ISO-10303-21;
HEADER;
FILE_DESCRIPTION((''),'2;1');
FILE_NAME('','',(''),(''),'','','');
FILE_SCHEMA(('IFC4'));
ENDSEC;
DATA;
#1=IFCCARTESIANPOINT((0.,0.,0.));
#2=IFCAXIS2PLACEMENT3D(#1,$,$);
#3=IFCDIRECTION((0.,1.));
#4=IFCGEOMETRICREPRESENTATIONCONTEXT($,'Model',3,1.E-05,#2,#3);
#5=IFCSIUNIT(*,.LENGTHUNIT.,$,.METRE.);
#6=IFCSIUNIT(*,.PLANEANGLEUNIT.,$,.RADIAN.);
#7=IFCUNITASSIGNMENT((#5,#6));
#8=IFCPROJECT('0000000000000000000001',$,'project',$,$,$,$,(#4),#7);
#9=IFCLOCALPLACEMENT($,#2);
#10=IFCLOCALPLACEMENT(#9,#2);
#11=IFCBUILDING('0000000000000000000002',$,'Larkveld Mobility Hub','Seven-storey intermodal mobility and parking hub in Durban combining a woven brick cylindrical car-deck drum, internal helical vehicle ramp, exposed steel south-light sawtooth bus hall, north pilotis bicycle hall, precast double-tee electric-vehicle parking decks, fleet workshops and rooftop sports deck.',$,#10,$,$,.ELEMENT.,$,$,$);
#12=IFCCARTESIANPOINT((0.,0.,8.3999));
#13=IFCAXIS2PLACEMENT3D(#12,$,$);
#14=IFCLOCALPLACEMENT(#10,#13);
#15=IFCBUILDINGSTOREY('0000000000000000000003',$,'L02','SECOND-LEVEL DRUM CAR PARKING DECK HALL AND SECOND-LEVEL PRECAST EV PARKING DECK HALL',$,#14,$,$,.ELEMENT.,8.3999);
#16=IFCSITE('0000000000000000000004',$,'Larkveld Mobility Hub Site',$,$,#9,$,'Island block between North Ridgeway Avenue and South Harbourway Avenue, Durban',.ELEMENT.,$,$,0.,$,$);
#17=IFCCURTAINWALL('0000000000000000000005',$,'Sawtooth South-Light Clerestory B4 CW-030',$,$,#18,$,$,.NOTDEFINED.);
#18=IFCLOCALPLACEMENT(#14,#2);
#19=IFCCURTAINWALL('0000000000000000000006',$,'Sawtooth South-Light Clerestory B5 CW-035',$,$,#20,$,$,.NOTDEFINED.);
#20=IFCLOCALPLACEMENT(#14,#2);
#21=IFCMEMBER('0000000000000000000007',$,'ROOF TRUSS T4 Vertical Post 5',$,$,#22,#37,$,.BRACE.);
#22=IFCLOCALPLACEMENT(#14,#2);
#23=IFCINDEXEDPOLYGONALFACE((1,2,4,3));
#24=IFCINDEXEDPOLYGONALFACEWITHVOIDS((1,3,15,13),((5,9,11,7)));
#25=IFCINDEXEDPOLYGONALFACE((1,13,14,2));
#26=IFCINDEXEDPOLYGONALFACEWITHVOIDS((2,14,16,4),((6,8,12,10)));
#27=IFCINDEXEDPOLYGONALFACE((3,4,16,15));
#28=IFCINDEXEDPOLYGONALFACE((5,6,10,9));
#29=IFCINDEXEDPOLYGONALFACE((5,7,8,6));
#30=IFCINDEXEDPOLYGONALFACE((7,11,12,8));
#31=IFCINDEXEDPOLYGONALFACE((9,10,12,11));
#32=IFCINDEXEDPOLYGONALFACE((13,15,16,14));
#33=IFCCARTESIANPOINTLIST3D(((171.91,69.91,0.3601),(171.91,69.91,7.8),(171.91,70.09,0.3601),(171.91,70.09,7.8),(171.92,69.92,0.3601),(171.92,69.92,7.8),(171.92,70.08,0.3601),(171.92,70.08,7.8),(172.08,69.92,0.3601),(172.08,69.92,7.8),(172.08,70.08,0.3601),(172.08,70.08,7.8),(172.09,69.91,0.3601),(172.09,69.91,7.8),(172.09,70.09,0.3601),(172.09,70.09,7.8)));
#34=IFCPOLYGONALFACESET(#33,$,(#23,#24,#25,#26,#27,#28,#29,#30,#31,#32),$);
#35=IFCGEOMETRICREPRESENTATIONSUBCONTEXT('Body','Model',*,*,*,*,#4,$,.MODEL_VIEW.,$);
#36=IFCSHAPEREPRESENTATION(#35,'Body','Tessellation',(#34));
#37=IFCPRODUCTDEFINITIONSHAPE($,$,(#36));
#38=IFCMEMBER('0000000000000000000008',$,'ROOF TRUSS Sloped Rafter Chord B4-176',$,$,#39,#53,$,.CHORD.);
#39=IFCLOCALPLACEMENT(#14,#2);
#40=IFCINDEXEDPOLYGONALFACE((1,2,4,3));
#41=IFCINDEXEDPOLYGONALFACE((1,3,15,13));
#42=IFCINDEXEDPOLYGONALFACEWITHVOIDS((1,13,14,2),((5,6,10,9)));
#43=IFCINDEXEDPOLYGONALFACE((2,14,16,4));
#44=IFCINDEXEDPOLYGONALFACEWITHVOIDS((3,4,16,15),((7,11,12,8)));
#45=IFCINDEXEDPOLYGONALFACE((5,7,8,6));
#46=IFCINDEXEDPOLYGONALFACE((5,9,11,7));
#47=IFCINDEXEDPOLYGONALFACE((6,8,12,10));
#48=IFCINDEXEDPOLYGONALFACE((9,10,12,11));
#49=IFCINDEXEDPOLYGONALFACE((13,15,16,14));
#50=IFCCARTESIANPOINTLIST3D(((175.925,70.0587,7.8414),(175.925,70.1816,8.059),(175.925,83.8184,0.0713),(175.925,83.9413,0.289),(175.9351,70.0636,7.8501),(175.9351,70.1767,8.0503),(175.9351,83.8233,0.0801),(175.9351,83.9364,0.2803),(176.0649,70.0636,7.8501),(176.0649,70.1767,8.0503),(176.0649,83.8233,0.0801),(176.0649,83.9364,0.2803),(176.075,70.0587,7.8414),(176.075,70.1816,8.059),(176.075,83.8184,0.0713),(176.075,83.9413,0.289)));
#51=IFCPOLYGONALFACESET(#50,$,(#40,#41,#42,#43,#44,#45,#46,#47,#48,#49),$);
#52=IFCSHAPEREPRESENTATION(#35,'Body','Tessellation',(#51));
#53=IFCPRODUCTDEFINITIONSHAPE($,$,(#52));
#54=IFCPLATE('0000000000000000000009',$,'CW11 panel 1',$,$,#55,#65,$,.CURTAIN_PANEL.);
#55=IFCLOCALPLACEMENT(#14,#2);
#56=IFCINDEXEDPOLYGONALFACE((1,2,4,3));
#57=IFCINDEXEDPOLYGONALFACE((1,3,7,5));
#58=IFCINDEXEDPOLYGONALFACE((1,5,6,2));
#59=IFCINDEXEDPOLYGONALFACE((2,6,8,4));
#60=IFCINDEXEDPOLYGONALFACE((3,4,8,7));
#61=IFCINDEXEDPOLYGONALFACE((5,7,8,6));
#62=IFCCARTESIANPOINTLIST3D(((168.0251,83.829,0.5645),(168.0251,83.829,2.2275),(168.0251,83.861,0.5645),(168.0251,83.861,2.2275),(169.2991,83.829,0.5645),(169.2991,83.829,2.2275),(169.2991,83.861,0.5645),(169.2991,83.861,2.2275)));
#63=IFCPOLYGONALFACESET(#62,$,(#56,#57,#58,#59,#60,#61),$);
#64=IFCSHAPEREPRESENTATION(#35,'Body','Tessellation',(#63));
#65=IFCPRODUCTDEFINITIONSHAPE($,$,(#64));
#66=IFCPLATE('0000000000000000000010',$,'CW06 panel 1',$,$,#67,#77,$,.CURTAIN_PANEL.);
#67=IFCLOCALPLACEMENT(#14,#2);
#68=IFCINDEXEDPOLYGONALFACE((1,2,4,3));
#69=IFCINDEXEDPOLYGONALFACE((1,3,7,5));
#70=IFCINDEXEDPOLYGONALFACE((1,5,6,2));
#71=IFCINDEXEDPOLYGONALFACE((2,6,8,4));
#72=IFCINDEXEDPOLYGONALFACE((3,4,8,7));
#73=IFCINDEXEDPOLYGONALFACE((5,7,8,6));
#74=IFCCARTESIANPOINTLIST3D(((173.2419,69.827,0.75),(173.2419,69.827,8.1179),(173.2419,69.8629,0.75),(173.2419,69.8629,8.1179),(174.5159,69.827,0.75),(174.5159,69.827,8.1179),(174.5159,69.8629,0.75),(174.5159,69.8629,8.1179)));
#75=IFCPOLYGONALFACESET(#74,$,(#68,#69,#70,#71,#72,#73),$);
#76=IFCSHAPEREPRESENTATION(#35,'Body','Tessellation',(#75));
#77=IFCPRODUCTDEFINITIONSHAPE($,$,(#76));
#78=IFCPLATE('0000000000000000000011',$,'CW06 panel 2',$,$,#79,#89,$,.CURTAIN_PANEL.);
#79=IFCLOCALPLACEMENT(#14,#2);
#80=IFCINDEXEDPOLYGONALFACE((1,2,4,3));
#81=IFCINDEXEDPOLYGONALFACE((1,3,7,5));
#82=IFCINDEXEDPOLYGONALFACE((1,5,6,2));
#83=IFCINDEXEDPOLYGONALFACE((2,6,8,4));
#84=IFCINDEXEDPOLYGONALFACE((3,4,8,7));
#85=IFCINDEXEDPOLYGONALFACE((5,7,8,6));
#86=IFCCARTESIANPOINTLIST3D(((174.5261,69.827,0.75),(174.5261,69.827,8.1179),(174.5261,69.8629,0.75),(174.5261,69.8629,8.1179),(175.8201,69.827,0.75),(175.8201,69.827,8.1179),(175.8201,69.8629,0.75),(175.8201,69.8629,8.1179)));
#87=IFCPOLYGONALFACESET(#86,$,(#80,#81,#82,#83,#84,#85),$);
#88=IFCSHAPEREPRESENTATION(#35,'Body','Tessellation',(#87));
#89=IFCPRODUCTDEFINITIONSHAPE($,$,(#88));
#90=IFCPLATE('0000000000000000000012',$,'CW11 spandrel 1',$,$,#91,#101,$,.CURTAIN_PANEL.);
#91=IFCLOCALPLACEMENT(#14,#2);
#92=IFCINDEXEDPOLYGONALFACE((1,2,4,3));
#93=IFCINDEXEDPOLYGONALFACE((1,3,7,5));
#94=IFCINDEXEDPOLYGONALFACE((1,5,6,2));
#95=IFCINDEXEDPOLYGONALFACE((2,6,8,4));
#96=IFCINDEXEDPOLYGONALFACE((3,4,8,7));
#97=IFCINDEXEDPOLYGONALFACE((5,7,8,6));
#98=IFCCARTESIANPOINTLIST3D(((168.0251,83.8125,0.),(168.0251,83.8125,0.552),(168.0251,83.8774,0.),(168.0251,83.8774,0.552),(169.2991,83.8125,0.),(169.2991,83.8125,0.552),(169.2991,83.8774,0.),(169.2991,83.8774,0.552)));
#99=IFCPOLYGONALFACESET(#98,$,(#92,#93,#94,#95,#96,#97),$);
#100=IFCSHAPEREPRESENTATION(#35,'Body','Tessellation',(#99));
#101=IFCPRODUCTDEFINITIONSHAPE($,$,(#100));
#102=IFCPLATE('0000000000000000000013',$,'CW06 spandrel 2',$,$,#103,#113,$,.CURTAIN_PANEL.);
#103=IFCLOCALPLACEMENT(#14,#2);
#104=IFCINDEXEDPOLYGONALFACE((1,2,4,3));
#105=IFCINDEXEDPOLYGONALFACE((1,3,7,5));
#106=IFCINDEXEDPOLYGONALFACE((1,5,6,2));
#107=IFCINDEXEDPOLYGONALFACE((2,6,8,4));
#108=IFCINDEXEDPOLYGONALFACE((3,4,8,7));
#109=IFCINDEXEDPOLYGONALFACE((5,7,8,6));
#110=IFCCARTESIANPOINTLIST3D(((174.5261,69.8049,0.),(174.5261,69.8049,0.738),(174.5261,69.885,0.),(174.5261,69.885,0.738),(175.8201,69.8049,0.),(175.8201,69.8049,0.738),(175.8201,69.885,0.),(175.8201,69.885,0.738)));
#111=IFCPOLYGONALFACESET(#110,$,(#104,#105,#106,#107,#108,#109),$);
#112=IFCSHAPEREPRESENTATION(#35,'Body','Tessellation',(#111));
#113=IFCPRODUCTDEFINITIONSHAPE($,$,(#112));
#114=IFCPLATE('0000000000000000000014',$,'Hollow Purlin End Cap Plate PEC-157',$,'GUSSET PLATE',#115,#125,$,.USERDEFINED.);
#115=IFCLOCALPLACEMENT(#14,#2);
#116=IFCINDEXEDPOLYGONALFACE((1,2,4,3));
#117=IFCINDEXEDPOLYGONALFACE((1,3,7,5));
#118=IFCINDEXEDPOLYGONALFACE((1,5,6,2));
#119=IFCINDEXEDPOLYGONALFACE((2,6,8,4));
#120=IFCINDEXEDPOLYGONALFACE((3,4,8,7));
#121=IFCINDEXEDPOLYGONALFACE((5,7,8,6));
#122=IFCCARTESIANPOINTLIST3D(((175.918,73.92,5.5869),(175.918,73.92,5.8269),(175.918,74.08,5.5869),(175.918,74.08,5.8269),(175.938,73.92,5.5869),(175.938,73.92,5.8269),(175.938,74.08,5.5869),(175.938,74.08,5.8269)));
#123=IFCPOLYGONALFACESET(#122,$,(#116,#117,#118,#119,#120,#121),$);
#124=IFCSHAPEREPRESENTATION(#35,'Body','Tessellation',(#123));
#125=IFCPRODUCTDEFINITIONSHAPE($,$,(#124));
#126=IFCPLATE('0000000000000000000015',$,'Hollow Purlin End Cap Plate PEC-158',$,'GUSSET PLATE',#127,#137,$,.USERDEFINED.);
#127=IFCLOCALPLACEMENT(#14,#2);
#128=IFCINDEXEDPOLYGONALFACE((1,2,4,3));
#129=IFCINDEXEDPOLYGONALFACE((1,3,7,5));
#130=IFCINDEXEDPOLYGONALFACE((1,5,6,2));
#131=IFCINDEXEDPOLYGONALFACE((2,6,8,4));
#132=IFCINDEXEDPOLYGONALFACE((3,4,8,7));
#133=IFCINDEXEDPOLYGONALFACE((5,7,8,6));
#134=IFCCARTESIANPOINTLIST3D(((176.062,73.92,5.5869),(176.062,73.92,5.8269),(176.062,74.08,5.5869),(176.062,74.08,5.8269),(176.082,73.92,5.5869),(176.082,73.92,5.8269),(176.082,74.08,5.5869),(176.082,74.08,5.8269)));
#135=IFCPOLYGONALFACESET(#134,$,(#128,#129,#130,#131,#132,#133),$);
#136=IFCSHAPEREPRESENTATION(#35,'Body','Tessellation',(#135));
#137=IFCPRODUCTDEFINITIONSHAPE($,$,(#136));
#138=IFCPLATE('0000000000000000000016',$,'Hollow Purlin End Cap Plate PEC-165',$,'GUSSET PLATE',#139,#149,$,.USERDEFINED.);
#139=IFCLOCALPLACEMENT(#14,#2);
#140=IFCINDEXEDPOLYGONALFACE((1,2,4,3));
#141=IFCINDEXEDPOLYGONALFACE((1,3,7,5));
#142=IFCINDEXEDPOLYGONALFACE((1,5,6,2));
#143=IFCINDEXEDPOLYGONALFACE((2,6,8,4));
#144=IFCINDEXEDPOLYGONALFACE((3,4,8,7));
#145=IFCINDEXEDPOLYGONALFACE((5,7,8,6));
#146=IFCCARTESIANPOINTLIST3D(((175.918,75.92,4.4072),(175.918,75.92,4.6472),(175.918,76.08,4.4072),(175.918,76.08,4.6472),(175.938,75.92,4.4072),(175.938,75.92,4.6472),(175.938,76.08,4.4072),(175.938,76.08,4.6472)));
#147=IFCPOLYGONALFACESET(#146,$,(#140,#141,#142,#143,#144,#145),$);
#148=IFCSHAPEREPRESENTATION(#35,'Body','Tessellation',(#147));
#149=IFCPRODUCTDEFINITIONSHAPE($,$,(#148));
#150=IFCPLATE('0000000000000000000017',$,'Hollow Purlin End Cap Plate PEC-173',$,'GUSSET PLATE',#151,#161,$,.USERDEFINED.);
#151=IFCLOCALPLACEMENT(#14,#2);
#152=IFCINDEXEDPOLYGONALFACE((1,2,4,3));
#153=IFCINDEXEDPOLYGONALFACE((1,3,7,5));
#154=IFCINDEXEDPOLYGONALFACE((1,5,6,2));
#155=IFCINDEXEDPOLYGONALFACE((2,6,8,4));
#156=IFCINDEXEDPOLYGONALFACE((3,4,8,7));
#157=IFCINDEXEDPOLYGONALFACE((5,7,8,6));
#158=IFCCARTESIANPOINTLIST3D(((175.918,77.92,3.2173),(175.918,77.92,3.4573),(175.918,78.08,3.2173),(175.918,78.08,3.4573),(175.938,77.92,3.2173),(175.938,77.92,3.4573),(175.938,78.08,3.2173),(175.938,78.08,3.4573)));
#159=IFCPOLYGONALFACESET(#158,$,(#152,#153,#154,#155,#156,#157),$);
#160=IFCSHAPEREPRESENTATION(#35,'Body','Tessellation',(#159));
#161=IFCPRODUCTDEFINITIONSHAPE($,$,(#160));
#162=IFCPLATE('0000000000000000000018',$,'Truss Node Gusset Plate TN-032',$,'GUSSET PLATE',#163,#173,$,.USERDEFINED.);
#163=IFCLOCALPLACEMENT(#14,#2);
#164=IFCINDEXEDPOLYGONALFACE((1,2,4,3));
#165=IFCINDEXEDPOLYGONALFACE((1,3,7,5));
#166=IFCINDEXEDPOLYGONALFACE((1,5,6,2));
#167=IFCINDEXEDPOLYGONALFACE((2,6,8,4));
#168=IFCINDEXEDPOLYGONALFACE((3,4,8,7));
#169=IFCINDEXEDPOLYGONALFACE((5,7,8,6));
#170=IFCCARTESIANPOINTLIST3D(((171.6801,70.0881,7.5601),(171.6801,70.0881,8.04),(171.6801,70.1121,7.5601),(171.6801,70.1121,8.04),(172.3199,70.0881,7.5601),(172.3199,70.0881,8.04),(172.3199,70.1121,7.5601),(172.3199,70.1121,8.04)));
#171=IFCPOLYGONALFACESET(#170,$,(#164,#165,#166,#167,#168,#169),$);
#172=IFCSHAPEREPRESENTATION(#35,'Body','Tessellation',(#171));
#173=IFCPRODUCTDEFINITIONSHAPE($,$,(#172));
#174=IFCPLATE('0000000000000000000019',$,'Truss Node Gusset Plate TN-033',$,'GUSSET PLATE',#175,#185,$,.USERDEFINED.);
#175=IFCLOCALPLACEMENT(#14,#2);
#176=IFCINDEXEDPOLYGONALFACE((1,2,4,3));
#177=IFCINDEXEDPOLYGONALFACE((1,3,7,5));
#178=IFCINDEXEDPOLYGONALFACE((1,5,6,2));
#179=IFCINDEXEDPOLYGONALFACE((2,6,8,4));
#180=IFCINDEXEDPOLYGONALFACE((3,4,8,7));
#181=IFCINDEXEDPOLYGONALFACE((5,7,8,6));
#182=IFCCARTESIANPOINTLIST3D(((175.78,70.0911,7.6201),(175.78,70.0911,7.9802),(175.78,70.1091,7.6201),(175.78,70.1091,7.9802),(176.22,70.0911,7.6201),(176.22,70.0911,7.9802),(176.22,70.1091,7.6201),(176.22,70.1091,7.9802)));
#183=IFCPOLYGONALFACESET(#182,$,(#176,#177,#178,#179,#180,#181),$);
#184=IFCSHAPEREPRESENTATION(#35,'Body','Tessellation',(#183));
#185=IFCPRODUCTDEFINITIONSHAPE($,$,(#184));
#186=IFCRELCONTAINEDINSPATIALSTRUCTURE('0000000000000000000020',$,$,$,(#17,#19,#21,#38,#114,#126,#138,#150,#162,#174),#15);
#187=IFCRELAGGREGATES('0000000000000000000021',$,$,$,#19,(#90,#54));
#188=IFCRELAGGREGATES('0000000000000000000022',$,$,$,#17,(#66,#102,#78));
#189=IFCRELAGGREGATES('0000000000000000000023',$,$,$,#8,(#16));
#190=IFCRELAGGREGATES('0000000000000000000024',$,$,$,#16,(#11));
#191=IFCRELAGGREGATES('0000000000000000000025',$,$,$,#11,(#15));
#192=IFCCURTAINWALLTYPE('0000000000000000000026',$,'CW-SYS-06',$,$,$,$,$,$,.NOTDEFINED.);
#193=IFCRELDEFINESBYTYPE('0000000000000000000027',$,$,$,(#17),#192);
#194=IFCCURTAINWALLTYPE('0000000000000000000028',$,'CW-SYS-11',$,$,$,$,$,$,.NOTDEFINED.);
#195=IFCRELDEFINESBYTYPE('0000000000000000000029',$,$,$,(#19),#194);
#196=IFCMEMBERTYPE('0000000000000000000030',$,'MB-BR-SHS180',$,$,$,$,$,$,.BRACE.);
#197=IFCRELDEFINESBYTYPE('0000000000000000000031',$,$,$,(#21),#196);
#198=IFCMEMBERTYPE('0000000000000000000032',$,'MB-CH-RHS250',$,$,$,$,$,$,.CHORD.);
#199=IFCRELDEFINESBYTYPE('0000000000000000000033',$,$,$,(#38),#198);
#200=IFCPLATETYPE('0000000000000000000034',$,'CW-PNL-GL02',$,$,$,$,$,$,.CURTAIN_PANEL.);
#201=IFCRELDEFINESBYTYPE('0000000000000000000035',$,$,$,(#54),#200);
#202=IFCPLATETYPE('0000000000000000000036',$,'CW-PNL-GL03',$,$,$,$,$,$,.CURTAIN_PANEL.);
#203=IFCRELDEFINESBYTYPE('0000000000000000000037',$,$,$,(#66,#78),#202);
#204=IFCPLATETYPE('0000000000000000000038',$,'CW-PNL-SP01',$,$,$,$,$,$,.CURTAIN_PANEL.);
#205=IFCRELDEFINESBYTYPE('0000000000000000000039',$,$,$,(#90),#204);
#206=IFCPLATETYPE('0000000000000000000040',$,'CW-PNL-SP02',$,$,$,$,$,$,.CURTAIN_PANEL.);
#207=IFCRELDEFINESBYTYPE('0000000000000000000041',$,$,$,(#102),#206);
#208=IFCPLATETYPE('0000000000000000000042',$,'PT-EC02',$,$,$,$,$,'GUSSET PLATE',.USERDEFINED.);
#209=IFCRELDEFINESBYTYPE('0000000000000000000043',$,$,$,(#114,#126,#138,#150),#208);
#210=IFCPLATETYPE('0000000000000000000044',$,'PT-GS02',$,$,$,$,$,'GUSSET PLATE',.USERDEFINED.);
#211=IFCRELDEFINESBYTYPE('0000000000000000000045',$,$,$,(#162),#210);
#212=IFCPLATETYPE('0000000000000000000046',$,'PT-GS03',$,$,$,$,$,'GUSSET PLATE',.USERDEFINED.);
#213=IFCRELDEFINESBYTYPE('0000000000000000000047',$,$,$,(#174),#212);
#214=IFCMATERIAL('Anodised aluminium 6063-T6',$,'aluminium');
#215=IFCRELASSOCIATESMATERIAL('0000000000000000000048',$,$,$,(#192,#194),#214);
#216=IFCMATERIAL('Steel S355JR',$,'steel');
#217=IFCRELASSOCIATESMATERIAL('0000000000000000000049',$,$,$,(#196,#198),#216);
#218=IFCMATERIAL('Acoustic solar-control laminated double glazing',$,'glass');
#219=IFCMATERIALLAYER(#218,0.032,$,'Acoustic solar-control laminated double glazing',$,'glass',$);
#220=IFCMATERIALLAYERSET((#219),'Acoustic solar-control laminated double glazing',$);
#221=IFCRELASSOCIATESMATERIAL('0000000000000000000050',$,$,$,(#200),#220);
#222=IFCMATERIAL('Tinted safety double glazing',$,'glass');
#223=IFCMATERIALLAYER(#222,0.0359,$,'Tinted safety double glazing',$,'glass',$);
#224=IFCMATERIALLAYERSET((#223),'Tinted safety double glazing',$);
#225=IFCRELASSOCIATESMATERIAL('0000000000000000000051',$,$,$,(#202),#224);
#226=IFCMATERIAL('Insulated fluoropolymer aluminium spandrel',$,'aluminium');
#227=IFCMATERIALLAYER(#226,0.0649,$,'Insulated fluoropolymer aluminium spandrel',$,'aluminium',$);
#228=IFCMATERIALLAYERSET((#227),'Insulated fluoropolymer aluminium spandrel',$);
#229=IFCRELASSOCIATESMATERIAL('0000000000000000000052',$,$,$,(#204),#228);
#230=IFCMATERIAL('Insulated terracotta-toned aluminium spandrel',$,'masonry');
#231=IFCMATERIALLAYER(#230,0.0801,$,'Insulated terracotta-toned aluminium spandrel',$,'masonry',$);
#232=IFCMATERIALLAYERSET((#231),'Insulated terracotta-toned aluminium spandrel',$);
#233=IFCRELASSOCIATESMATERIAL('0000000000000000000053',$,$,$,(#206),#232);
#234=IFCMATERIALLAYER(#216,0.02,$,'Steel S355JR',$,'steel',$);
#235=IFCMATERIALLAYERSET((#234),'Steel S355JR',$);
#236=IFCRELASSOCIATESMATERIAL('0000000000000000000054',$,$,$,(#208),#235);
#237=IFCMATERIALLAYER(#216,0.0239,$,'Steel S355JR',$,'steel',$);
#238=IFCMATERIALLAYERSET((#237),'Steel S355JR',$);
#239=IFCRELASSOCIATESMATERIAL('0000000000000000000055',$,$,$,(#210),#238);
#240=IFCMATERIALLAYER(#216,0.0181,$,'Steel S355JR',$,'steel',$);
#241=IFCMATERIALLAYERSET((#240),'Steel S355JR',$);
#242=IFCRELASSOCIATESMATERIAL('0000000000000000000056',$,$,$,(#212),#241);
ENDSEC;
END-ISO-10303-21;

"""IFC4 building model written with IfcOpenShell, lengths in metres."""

from ifc_helpers import new_model, si_unit, direction, frame, origin, origin_2d, place, context, subcontext, project, spatial, rectangle, hollow_rectangle, extrude, material, layer, layer_set, material_profile, profile_set, type_object, element, aggregate, save


model = new_model("IFC4")

# Units and contexts
model_context = context("Model", 3, precision=1e-05, world=origin(), true_north=direction((0.0, 1.0)))
body_context = subcontext(model_context, "Body", "Model", "MODEL_VIEW")
ifc_project = project(units=[si_unit("LENGTHUNIT", "METRE"), si_unit("PLANEANGLEUNIT", "RADIAN")], contexts=[model_context])

# Site, building, storey
site_placement = place(None, origin())
site = spatial("IfcSite", under=ifc_project, at=site_placement, Name="Larkveld Mobility Hub Site", LongName="Island block between North Ridgeway Avenue and South Harbourway Avenue, Durban", CompositionType="ELEMENT", RefElevation=0.0)
building_placement = place(site_placement, origin())
building = spatial("IfcBuilding", under=site, at=building_placement, Name="Larkveld Mobility Hub", Description="Seven-storey intermodal mobility and parking hub in Durban combining a woven brick cylindrical car-deck drum, internal helical vehicle ramp, exposed steel south-light sawtooth bus hall, north pilotis bicycle hall, precast double-tee electric-vehicle parking decks, fleet workshops and rooftop sports deck.", CompositionType="ELEMENT")
storey_placement = place(building_placement, frame((0.0, 0.0, 8.3999)))
storey = spatial("IfcBuildingStorey", under=building, at=storey_placement, Name="L02", Description="SECOND-LEVEL DRUM CAR PARKING DECK HALL AND SECOND-LEVEL PRECAST EV PARKING DECK HALL", CompositionType="ELEMENT", Elevation=8.3999)

# Curtain wall
ifc_material_1 = material(Name="Anodised aluminium 6063-T6", Category="aluminium")
curtain_wall_type_1 = type_object("IfcCurtainWallType", Name="CW-SYS-06", PredefinedType="NOTDEFINED", material=ifc_material_1)
curtain_wall_1_placement = place(storey_placement, origin())
curtain_wall_1 = element("IfcCurtainWall", 1, at=curtain_wall_1_placement, inside=storey, type_object=curtain_wall_type_1, Name="Sawtooth South-Light Clerestory B4 CW-030", PredefinedType="NOTDEFINED")

# Curtain wall
curtain_wall_type_2 = type_object("IfcCurtainWallType", Name="CW-SYS-11", PredefinedType="NOTDEFINED", material=ifc_material_1)
curtain_wall_2_placement = place(storey_placement, origin())
curtain_wall_2 = element("IfcCurtainWall", 2, at=curtain_wall_2_placement, inside=storey, type_object=curtain_wall_type_2, Name="Sawtooth South-Light Clerestory B5 CW-035", PredefinedType="NOTDEFINED")

# Members
ifc_material_2 = material(Name="Steel S355JR", Category="steel")
ifc_material_profile_1 = material_profile(ifc_material_2, hollow_rectangle(XDim=0.1799, YDim=0.1799, WallThickness=0.01, at=origin_2d()), Name="SHS 180x180x10")
ifc_profile_set_1 = profile_set([ifc_material_profile_1], Name="Steel S355JR")
member_type_1 = type_object("IfcMemberType", Name="MB-BR-SHS180", PredefinedType="BRACE", material=ifc_profile_set_1)
member_1_placement = place(storey_placement, frame((172.0, 70.0, 0.3601), z_axis=(0.0, 0.0, 1.0), x_axis=(1.0, 0.0, 0.0)))
element("IfcMember", 3, at=member_1_placement, inside=storey, type_object=member_type_1, Name="ROOF TRUSS T4 Vertical Post 5", PredefinedType="BRACE", context=body_context, shape_type="SweptSolid", body=[
    extrude(hollow_rectangle(XDim=0.1799, YDim=0.1799, WallThickness=0.01, at=origin_2d()), origin(), (0.0, 0.0, 1.0), 7.4399),
])
ifc_material_profile_2 = material_profile(ifc_material_2, hollow_rectangle(XDim=0.1499, YDim=0.25, WallThickness=0.01, at=origin_2d()), Name="RHS 250x150x10")
ifc_profile_set_2 = profile_set([ifc_material_profile_2], Name="Steel S355JR")
member_type_2 = type_object("IfcMemberType", Name="MB-CH-RHS250", PredefinedType="CHORD", material=ifc_profile_set_2)
member_2_placement = place(storey_placement, frame((176.0, 70.1201, 7.9502), z_axis=(0.0, 0.870759, -0.49171), x_axis=(-1.0, 0.0, 0.0)))
element("IfcMember", 4, at=member_2_placement, inside=storey, type_object=member_type_2, Name="ROOF TRUSS Sloped Rafter Chord B4-176", PredefinedType="CHORD", context=body_context, shape_type="SweptSolid", body=[
    extrude(hollow_rectangle(XDim=0.1499, YDim=0.25, WallThickness=0.01, at=origin_2d()), origin(), (0.0, 0.0, 1.0), 15.802),
])

# Plates
ifc_material_3 = material(Name="Acoustic solar-control laminated double glazing", Category="glass")
ifc_layer_1 = layer(ifc_material_3, 0.032, Name="Acoustic solar-control laminated double glazing", Category="glass")
ifc_layer_set_1 = layer_set([ifc_layer_1], Name="Acoustic solar-control laminated double glazing")
plate_type_1 = type_object("IfcPlateType", Name="CW-PNL-GL02", PredefinedType="CURTAIN_PANEL", material=ifc_layer_set_1)
plate_1_placement = place(storey_placement, frame((168.6621, 83.845, 0.5645), z_axis=(0.0, 0.0, 1.0), x_axis=(1.0, 0.0, 0.0)))
plate_1 = element("IfcPlate", 5, at=plate_1_placement, type_object=plate_type_1, Name="CW11 panel 1", PredefinedType="CURTAIN_PANEL", context=body_context, shape_type="SweptSolid", body=[
    extrude(rectangle(XDim=1.2739, YDim=0.032, at=origin_2d()), origin(), (0.0, 0.0, 1.0), 1.6631),
])
ifc_material_4 = material(Name="Tinted safety double glazing", Category="glass")
ifc_layer_2 = layer(ifc_material_4, 0.0359, Name="Tinted safety double glazing", Category="glass")
ifc_layer_set_2 = layer_set([ifc_layer_2], Name="Tinted safety double glazing")
plate_type_2 = type_object("IfcPlateType", Name="CW-PNL-GL03", PredefinedType="CURTAIN_PANEL", material=ifc_layer_set_2)
plate_2_placement = place(storey_placement, frame((173.8789, 69.845, 0.75), z_axis=(0.0, 0.0, 1.0), x_axis=(1.0, 0.0, 0.0)))
plate_2 = element("IfcPlate", 6, at=plate_2_placement, type_object=plate_type_2, Name="CW06 panel 1", PredefinedType="CURTAIN_PANEL", context=body_context, shape_type="SweptSolid", body=[
    extrude(rectangle(XDim=1.2739, YDim=0.0359, at=origin_2d()), origin(), (0.0, 0.0, 1.0), 7.3679),
])
plate_3_placement = place(storey_placement, frame((175.1731, 69.845, 0.75), z_axis=(0.0, 0.0, 1.0), x_axis=(1.0, 0.0, 0.0)))
plate_3 = element("IfcPlate", 7, at=plate_3_placement, type_object=plate_type_2, Name="CW06 panel 2", PredefinedType="CURTAIN_PANEL", context=body_context, shape_type="SweptSolid", body=[
    extrude(rectangle(XDim=1.2939, YDim=0.0359, at=origin_2d()), origin(), (0.0, 0.0, 1.0), 7.3679),
])
ifc_material_5 = material(Name="Insulated fluoropolymer aluminium spandrel", Category="aluminium")
ifc_layer_3 = layer(ifc_material_5, 0.0649, Name="Insulated fluoropolymer aluminium spandrel", Category="aluminium")
ifc_layer_set_3 = layer_set([ifc_layer_3], Name="Insulated fluoropolymer aluminium spandrel")
plate_type_3 = type_object("IfcPlateType", Name="CW-PNL-SP01", PredefinedType="CURTAIN_PANEL", material=ifc_layer_set_3)
plate_4_placement = place(storey_placement, frame((168.6621, 83.845, 0.0), z_axis=(0.0, 0.0, 1.0), x_axis=(1.0, 0.0, 0.0)))
plate_4 = element("IfcPlate", 8, at=plate_4_placement, type_object=plate_type_3, Name="CW11 spandrel 1", PredefinedType="CURTAIN_PANEL", context=body_context, shape_type="SweptSolid", body=[
    extrude(rectangle(XDim=1.2739, YDim=0.0649, at=origin_2d()), origin(), (0.0, 0.0, 1.0), 0.552),
])
aggregate(curtain_wall_2, [plate_4, plate_1])
ifc_material_6 = material(Name="Insulated terracotta-toned aluminium spandrel", Category="masonry")
ifc_layer_4 = layer(ifc_material_6, 0.0801, Name="Insulated terracotta-toned aluminium spandrel", Category="masonry")
ifc_layer_set_4 = layer_set([ifc_layer_4], Name="Insulated terracotta-toned aluminium spandrel")
plate_type_4 = type_object("IfcPlateType", Name="CW-PNL-SP02", PredefinedType="CURTAIN_PANEL", material=ifc_layer_set_4)
plate_5_placement = place(storey_placement, frame((175.1731, 69.845, 0.0), z_axis=(0.0, 0.0, 1.0), x_axis=(1.0, 0.0, 0.0)))
plate_5 = element("IfcPlate", 9, at=plate_5_placement, type_object=plate_type_4, Name="CW06 spandrel 2", PredefinedType="CURTAIN_PANEL", context=body_context, shape_type="SweptSolid", body=[
    extrude(rectangle(XDim=1.2939, YDim=0.0801, at=origin_2d()), origin(), (0.0, 0.0, 1.0), 0.738),
])
aggregate(curtain_wall_1, [plate_2, plate_5, plate_3])

# Plates
ifc_layer_5 = layer(ifc_material_2, 0.02, Name="Steel S355JR", Category="steel")
ifc_layer_set_5 = layer_set([ifc_layer_5], Name="Steel S355JR")
plate_type_5 = type_object("IfcPlateType", Name="PT-EC02", ElementType="GUSSET PLATE", PredefinedType="USERDEFINED", material=ifc_layer_set_5)
for number, where, z_axis, x_axis, name in (
    (10, (175.928, 74.0, 5.5869), (0.0, 0.0, 1.0), (1.0, 0.0, 0.0), "Hollow Purlin End Cap Plate PEC-157"),
    (11, (176.072, 74.0, 5.5869), (0.0, 0.0, 1.0), (1.0, 0.0, 0.0), "Hollow Purlin End Cap Plate PEC-158"),
    (12, (175.928, 76.0, 4.4072), (0.0, 0.0, 1.0), (1.0, 0.0, 0.0), "Hollow Purlin End Cap Plate PEC-165"),
    (13, (175.928, 78.0, 3.2173), (0.0, 0.0, 1.0), (1.0, 0.0, 0.0), "Hollow Purlin End Cap Plate PEC-173"),
):
    element("IfcPlate", number, at=place(storey_placement, frame(where, z_axis=z_axis, x_axis=x_axis)), inside=storey, type_object=plate_type_5, Name=name, ObjectType="GUSSET PLATE", PredefinedType="USERDEFINED", context=body_context, shape_type="SweptSolid", body=[
        extrude(rectangle(XDim=0.02, YDim=0.1599, at=origin_2d()), origin(), (0.0, 0.0, 1.0), 0.24),
    ])
ifc_layer_6 = layer(ifc_material_2, 0.0239, Name="Steel S355JR", Category="steel")
ifc_layer_set_6 = layer_set([ifc_layer_6], Name="Steel S355JR")
plate_type_6 = type_object("IfcPlateType", Name="PT-GS02", ElementType="GUSSET PLATE", PredefinedType="USERDEFINED", material=ifc_layer_set_6)
plate_6_placement = place(storey_placement, frame((172.0, 70.1001, 7.5601), z_axis=(0.0, 0.0, 1.0), x_axis=(1.0, 0.0, 0.0)))
element("IfcPlate", 14, at=plate_6_placement, inside=storey, type_object=plate_type_6, Name="Truss Node Gusset Plate TN-032", ObjectType="GUSSET PLATE", PredefinedType="USERDEFINED", context=body_context, shape_type="SweptSolid", body=[
    extrude(rectangle(XDim=0.6399, YDim=0.0239, at=origin_2d()), origin(), (0.0, 0.0, 1.0), 0.48),
])
ifc_layer_7 = layer(ifc_material_2, 0.0181, Name="Steel S355JR", Category="steel")
ifc_layer_set_7 = layer_set([ifc_layer_7], Name="Steel S355JR")
plate_type_7 = type_object("IfcPlateType", Name="PT-GS03", ElementType="GUSSET PLATE", PredefinedType="USERDEFINED", material=ifc_layer_set_7)
plate_7_placement = place(storey_placement, frame((176.0, 70.1001, 7.6201), z_axis=(0.0, 0.0, 1.0), x_axis=(1.0, 0.0, 0.0)))
element("IfcPlate", 15, at=plate_7_placement, inside=storey, type_object=plate_type_7, Name="Truss Node Gusset Plate TN-033", ObjectType="GUSSET PLATE", PredefinedType="USERDEFINED", context=body_context, shape_type="SweptSolid", body=[
    extrude(rectangle(XDim=0.4399, YDim=0.0181, at=origin_2d()), origin(), (0.0, 0.0, 1.0), 0.3601),
])

save(model, "model.ifc")
